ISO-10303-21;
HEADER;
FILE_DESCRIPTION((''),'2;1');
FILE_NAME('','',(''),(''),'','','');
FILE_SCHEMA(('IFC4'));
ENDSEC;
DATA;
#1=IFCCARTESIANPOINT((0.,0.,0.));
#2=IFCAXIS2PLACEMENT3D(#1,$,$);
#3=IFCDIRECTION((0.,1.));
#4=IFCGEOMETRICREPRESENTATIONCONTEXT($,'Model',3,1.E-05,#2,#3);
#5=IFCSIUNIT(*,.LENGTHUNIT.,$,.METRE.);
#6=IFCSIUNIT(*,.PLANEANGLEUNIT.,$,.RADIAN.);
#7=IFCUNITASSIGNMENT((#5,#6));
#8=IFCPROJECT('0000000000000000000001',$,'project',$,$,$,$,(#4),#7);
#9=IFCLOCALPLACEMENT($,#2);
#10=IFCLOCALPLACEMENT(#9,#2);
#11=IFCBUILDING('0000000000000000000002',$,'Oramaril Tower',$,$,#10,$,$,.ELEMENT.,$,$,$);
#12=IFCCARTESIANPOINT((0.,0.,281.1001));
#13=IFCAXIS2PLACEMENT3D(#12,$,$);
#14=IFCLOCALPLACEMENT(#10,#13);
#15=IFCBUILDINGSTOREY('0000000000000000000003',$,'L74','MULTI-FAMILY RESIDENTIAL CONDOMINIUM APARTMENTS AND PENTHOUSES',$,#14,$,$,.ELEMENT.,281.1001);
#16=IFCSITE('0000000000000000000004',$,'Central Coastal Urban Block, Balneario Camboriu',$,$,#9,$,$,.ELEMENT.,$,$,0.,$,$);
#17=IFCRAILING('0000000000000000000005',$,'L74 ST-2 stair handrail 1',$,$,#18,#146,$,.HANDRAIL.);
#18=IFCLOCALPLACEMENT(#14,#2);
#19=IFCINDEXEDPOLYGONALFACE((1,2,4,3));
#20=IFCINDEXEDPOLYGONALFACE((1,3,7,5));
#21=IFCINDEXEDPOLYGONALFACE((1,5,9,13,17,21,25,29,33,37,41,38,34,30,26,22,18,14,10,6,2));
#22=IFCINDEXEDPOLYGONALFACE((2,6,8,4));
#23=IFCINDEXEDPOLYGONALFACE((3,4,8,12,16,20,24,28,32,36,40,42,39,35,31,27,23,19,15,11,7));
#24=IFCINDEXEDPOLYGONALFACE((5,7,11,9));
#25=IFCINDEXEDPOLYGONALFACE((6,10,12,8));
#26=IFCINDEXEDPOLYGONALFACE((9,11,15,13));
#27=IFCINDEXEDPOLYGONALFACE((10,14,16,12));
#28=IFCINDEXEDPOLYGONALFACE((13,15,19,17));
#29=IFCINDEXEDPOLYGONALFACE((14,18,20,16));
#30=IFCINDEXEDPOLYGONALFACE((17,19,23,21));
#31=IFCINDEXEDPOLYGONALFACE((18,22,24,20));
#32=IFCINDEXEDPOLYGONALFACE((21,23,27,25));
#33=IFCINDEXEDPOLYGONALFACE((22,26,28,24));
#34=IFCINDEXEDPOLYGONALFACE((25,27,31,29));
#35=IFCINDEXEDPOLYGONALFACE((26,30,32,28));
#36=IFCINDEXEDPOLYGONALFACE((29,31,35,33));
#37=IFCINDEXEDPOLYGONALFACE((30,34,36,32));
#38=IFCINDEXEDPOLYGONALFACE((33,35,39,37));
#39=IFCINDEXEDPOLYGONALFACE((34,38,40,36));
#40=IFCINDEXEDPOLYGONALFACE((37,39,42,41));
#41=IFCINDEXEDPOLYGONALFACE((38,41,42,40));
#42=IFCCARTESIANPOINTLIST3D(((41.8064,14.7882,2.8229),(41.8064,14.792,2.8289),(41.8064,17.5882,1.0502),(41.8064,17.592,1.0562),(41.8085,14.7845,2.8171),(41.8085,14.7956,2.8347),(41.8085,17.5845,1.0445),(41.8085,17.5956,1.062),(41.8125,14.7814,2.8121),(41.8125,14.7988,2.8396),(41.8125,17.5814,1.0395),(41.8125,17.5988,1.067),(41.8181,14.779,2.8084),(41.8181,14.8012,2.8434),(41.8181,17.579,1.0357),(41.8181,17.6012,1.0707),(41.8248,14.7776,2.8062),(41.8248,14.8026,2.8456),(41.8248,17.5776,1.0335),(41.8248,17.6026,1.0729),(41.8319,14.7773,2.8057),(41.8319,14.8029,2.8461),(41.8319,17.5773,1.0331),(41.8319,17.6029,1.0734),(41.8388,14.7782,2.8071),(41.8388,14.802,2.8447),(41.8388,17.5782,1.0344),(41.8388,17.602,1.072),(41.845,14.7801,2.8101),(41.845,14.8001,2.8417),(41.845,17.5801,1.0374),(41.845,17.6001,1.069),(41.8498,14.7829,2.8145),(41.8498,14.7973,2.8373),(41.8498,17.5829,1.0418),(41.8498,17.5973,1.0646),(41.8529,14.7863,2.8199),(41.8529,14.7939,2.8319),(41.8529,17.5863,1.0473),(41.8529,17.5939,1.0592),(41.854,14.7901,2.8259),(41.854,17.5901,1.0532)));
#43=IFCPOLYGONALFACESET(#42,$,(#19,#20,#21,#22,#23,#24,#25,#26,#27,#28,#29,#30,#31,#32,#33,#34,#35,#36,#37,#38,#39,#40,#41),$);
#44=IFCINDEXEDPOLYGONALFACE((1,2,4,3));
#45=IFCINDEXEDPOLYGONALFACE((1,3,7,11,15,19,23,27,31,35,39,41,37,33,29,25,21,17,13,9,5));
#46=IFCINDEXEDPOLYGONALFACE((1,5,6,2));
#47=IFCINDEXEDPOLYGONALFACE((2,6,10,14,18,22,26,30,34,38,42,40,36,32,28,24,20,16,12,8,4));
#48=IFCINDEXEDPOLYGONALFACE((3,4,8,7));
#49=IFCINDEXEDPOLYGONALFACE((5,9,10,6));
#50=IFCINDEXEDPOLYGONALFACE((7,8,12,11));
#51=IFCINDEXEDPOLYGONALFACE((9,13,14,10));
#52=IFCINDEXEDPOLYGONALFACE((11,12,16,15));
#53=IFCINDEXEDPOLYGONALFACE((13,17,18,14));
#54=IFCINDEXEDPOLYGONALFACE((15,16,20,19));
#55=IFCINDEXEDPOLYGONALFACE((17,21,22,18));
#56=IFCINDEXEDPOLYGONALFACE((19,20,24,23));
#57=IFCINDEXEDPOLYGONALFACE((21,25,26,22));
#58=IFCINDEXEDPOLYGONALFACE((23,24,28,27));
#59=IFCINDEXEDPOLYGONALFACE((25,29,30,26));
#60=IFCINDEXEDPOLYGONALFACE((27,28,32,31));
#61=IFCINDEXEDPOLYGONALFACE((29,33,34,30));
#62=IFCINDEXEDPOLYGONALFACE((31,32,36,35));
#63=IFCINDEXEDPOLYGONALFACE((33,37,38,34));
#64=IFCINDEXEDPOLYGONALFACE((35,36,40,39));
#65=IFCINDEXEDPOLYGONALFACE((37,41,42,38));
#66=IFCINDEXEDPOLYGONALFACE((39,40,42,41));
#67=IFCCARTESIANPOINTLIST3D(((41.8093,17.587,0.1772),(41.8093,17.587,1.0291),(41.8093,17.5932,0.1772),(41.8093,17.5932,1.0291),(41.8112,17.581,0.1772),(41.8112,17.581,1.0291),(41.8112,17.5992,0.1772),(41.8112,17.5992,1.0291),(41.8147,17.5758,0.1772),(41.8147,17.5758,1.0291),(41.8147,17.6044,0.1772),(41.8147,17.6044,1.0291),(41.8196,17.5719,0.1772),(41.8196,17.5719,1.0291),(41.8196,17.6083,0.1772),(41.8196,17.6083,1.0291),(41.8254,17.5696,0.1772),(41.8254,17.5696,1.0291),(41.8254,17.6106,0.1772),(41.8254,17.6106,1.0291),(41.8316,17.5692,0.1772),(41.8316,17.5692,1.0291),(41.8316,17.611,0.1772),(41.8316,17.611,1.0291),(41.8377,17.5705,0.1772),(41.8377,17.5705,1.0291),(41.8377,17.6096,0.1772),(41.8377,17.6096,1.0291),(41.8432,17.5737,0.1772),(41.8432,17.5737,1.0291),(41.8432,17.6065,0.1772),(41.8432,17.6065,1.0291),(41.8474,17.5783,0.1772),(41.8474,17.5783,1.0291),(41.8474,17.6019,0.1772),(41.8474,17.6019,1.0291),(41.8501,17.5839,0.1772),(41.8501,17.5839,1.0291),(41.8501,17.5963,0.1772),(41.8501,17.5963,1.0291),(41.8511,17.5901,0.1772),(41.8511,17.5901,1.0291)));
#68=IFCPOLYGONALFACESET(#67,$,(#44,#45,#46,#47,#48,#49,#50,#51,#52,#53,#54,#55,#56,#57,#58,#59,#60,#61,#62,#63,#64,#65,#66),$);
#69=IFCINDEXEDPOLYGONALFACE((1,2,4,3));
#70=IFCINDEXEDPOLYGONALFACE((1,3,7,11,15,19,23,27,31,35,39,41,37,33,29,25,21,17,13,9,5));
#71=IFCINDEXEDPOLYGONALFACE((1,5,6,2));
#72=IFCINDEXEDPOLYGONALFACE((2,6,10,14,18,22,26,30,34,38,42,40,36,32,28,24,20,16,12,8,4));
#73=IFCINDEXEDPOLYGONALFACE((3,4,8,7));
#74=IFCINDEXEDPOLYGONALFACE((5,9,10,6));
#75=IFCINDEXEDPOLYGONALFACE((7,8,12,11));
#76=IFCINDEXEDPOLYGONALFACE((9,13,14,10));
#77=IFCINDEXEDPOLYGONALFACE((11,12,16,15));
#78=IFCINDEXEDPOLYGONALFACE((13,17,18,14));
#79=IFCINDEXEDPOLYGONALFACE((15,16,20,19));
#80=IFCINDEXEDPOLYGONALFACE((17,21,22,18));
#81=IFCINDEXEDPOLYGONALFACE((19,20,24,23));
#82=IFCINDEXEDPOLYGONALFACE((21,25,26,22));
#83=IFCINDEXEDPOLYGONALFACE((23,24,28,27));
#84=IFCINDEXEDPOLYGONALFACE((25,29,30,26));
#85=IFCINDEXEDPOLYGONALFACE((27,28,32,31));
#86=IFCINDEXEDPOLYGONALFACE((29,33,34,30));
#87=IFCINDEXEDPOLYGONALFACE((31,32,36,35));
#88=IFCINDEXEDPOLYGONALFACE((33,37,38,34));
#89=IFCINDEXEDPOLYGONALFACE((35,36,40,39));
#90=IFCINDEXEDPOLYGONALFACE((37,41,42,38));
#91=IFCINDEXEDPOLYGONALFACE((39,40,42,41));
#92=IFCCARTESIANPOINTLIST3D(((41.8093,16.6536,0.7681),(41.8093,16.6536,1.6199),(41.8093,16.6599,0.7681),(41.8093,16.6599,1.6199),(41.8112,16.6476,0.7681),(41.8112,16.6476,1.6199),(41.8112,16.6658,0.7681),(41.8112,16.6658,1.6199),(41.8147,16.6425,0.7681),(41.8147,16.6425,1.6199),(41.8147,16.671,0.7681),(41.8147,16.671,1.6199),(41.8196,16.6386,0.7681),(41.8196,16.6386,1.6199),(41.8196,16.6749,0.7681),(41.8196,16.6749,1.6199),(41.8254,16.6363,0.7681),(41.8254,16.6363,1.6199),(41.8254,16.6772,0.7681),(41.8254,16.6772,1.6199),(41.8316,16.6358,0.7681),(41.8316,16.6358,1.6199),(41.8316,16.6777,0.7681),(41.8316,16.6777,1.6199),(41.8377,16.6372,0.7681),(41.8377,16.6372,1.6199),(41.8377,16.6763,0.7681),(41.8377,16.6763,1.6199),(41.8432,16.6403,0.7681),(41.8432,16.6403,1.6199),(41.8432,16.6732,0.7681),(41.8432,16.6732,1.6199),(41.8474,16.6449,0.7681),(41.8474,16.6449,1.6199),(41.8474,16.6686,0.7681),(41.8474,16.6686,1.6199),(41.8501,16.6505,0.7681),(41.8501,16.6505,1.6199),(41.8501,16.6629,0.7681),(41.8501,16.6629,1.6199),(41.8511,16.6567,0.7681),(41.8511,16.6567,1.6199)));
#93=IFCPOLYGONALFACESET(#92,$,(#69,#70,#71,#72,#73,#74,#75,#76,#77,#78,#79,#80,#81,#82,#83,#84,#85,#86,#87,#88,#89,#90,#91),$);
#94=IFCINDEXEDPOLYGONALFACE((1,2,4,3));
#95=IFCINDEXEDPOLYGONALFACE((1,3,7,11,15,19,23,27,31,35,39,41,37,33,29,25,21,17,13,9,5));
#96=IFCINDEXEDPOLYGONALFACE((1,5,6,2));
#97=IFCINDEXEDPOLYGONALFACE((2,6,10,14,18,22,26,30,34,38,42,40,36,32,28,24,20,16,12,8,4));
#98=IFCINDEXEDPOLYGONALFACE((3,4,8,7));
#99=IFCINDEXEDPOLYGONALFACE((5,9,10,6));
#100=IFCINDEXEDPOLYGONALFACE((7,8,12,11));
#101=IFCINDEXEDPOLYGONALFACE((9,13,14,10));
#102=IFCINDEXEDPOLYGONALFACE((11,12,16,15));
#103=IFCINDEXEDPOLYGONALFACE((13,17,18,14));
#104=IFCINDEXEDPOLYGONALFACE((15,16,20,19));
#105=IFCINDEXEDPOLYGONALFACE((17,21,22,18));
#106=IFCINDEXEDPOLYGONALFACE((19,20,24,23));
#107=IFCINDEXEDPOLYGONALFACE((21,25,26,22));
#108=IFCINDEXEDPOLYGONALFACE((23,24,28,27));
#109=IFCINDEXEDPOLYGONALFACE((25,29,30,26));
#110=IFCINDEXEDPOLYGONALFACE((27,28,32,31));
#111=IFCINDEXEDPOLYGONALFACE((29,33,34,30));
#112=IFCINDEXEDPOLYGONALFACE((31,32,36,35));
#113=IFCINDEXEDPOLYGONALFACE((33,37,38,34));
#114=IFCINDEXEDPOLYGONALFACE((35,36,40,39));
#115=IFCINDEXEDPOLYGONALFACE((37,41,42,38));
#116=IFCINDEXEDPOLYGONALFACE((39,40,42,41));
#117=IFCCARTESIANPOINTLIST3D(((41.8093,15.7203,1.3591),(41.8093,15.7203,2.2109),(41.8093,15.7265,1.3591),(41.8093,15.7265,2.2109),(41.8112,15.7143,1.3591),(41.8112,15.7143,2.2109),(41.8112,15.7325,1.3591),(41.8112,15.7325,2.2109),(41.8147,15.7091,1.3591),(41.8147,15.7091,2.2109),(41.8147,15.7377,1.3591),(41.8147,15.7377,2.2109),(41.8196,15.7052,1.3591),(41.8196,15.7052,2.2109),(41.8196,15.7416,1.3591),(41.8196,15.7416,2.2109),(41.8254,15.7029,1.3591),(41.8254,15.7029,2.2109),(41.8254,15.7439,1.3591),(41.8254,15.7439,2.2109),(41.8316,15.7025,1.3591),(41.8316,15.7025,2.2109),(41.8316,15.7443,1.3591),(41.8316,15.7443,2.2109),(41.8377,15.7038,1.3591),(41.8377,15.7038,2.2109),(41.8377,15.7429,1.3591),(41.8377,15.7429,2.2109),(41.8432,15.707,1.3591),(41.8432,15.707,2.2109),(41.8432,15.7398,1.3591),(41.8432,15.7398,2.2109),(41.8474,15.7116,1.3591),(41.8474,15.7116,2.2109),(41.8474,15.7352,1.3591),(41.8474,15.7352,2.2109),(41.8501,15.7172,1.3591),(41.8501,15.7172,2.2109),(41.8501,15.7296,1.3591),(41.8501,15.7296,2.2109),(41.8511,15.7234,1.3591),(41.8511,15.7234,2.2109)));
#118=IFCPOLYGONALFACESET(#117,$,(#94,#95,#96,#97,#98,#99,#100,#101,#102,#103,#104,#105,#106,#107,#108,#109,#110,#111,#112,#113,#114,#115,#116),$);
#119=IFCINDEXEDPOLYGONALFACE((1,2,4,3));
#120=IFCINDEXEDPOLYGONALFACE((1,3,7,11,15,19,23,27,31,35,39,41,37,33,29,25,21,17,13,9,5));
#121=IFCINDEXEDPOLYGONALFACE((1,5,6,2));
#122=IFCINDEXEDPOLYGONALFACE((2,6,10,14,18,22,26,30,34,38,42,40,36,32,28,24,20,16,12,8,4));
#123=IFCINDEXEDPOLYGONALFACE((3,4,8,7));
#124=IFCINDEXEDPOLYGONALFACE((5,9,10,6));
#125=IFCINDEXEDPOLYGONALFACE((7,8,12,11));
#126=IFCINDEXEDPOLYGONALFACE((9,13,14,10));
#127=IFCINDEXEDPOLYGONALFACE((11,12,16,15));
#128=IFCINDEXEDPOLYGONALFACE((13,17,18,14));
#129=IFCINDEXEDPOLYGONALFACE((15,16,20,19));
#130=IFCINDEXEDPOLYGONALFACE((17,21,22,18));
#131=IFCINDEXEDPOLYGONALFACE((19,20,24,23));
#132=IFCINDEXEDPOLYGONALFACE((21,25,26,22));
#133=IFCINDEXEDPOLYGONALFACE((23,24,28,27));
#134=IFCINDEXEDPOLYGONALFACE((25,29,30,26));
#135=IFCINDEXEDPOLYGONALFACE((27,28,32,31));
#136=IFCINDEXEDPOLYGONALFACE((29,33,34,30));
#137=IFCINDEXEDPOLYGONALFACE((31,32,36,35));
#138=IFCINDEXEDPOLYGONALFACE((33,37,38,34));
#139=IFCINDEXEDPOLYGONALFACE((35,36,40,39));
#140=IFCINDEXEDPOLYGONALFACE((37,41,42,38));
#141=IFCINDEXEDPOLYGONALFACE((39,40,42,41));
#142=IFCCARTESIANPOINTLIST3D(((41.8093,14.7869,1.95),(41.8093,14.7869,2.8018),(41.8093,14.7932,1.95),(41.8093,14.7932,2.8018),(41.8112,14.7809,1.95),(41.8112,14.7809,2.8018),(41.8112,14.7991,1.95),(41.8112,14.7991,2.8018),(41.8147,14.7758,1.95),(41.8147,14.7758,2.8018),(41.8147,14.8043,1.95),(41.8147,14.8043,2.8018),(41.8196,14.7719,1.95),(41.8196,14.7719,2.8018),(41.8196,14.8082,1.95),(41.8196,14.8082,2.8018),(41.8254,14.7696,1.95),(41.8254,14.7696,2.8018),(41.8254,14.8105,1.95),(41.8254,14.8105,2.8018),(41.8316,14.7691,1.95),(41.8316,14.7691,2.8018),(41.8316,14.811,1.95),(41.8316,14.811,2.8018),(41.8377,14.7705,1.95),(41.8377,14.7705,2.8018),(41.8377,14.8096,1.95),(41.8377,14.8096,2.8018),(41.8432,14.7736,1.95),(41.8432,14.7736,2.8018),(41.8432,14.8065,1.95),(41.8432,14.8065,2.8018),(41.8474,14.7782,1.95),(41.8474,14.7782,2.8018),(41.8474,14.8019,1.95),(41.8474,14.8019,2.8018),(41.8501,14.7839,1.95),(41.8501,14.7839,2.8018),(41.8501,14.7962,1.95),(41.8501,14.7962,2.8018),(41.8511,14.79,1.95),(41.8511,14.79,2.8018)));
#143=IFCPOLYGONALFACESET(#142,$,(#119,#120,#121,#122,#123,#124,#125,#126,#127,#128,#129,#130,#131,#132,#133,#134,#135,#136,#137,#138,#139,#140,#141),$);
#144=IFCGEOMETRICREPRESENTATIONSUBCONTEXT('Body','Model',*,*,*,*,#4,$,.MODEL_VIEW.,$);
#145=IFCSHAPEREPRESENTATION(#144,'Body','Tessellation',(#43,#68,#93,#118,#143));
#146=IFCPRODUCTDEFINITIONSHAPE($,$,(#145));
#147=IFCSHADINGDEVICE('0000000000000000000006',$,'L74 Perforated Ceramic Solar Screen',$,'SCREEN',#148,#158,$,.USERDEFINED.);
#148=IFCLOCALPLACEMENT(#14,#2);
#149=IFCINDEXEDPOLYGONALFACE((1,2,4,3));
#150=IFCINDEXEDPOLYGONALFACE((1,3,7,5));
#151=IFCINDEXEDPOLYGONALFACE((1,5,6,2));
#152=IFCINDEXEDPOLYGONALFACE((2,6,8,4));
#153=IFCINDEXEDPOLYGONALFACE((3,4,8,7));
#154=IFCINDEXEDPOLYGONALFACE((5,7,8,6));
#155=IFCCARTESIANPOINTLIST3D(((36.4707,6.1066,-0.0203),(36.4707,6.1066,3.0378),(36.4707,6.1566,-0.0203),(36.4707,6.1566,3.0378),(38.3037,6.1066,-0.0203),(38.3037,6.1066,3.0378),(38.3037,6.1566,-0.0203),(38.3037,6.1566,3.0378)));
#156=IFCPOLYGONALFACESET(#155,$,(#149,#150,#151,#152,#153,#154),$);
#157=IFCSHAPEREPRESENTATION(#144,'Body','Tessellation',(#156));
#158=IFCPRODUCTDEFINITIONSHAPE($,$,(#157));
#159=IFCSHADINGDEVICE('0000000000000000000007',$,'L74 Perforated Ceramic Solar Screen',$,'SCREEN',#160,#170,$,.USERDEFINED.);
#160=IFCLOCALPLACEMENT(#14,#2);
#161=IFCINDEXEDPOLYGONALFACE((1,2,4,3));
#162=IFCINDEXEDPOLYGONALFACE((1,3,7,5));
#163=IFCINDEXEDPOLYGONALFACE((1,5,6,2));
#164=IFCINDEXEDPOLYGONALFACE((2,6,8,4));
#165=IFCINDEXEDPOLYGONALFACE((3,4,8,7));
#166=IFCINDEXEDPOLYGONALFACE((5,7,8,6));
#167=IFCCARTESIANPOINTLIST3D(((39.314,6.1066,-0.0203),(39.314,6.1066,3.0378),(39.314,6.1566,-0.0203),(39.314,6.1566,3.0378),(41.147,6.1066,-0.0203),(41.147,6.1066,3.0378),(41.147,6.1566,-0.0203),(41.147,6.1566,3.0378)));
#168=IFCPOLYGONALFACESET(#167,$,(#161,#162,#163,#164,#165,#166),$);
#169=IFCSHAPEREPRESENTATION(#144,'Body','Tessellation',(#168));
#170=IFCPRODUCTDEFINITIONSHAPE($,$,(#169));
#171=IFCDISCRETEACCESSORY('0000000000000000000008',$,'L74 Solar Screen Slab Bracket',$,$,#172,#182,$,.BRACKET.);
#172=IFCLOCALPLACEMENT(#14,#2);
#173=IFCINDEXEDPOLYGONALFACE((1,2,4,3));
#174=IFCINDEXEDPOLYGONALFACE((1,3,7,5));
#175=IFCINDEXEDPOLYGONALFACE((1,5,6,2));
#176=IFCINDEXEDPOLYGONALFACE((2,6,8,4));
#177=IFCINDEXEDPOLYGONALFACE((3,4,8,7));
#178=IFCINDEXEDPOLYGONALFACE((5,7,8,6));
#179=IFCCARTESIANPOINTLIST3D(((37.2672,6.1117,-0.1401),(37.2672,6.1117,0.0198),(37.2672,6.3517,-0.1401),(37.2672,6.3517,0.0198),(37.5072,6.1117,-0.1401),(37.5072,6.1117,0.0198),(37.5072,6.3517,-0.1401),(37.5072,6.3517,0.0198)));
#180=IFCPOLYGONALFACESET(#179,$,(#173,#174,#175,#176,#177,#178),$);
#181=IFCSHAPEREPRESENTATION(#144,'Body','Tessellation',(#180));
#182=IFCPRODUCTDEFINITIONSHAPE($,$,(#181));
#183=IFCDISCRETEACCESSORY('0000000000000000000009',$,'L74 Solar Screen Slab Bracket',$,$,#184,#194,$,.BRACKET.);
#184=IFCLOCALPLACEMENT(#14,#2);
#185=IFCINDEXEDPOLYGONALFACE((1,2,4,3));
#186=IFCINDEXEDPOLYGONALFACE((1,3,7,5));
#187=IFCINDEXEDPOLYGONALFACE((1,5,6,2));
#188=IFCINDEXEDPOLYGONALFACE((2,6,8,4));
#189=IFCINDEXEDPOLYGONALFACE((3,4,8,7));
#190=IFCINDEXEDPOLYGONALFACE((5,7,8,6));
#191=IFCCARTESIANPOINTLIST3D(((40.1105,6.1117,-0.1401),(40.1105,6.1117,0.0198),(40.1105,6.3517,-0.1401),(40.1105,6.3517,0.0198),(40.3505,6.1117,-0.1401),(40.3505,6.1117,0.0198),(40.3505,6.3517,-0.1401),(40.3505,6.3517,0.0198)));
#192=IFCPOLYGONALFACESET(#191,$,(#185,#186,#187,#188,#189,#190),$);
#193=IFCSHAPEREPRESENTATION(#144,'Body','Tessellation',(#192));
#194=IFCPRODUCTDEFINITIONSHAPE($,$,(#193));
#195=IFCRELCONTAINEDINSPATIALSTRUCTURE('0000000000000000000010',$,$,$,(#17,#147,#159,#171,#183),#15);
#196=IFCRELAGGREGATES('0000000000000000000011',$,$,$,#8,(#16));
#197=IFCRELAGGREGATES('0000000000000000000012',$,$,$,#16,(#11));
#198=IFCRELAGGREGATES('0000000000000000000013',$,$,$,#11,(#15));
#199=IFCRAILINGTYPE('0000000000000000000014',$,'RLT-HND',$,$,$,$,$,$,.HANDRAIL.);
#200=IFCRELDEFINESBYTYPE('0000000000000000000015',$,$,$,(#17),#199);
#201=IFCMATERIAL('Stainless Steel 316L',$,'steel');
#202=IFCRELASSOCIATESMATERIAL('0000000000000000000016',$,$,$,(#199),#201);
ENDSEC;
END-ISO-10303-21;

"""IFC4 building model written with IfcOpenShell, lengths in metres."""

from ifc_helpers import new_model, si_unit, direction, frame, origin, origin_2d, place, context, subcontext, project, spatial, rectangle, circle, extrude, material, type_object, element, save


model = new_model("IFC4")

# Units and contexts
model_context = context("Model", 3, precision=1e-05, world=origin(), true_north=direction((0.0, 1.0)))
body_context = subcontext(model_context, "Body", "Model", "MODEL_VIEW")
ifc_project = project(units=[si_unit("LENGTHUNIT", "METRE"), si_unit("PLANEANGLEUNIT", "RADIAN")], contexts=[model_context])

# Site, building, storey
site_placement = place(None, origin())
site = spatial("IfcSite", under=ifc_project, at=site_placement, Name="Central Coastal Urban Block, Balneario Camboriu", CompositionType="ELEMENT", RefElevation=0.0)
building_placement = place(site_placement, origin())
building = spatial("IfcBuilding", under=site, at=building_placement, Name="Oramaril Tower", CompositionType="ELEMENT")
storey_placement = place(building_placement, frame((0.0, 0.0, 281.1001)))
storey = spatial("IfcBuildingStorey", under=building, at=storey_placement, Name="L74", Description="MULTI-FAMILY RESIDENTIAL CONDOMINIUM APARTMENTS AND PENTHOUSES", CompositionType="ELEMENT", Elevation=281.1001)

# Railing
ifc_material_1 = material(Name="Stainless Steel 316L", Category="steel")
railing_type_1 = type_object("IfcRailingType", Name="RLT-HND", PredefinedType="HANDRAIL", material=ifc_material_1)
railing_1_placement = place(storey_placement, frame((41.8301, 17.5901, 0.1772)))
element("IfcRailing", 1, at=railing_1_placement, inside=storey, type_object=railing_type_1, Name="L74 ST-2 stair handrail 1", PredefinedType="HANDRAIL", context=body_context, shape_type="SweptSolid", body=[
    extrude(circle(Radius=0.0239, at=origin_2d()), frame((0.0, 0.0, 0.876), z_axis=(0.0, -0.844909, 0.53491), x_axis=(1.0, 0.0, 0.0)), (0.0, 0.0, 1.0), 3.314),
    extrude(circle(Radius=0.021, at=origin_2d()), origin(), (0.0, 0.0, 1.0), 0.8518),
    extrude(circle(Radius=0.021, at=origin_2d()), frame((0.0, -0.9333, 0.5908)), (0.0, 0.0, 1.0), 0.8518),
    extrude(circle(Radius=0.021, at=origin_2d()), frame((0.0, -1.8667, 1.1819)), (0.0, 0.0, 1.0), 0.8518),
    extrude(circle(Radius=0.021, at=origin_2d()), frame((0.0, -2.8, 1.7727)), (0.0, 0.0, 1.0), 0.8518),
])

# Shading devices
for number, where, z_axis, x_axis, name in (
    (2, (37.3872, 6.1316, -0.0203), (0.0, 0.0, 1.0), (1.0, 0.0, 0.0), "L74 Perforated Ceramic Solar Screen"),
    (3, (40.2305, 6.1316, -0.0203), (0.0, 0.0, 1.0), (1.0, 0.0, 0.0), "L74 Perforated Ceramic Solar Screen"),
):
    element("IfcShadingDevice", number, at=place(storey_placement, frame(where, z_axis=z_axis, x_axis=x_axis)), inside=storey, Name=name, ObjectType="SCREEN", PredefinedType="USERDEFINED", context=body_context, shape_type="SweptSolid", body=[
        extrude(rectangle(XDim=1.833, YDim=0.05, at=origin_2d()), origin(), (0.0, 0.0, 1.0), 3.0581),
    ])

# Discrete accessories
for number, where, z_axis, x_axis, name in (
    (4, (37.3872, 6.2317, -0.1401), (0.0, 0.0, 1.0), (1.0, 0.0, 0.0), "L74 Solar Screen Slab Bracket"),
    (5, (40.2305, 6.2317, -0.1401), (0.0, 0.0, 1.0), (1.0, 0.0, 0.0), "L74 Solar Screen Slab Bracket"),
):
    element("IfcDiscreteAccessory", number, at=place(storey_placement, frame(where, z_axis=z_axis, x_axis=x_axis)), inside=storey, Name=name, PredefinedType="BRACKET", context=body_context, shape_type="SweptSolid", body=[
        extrude(rectangle(XDim=0.24, YDim=0.24, at=origin_2d()), origin(), (0.0, 0.0, 1.0), 0.1599),
    ])

save(model, "model.ifc")
